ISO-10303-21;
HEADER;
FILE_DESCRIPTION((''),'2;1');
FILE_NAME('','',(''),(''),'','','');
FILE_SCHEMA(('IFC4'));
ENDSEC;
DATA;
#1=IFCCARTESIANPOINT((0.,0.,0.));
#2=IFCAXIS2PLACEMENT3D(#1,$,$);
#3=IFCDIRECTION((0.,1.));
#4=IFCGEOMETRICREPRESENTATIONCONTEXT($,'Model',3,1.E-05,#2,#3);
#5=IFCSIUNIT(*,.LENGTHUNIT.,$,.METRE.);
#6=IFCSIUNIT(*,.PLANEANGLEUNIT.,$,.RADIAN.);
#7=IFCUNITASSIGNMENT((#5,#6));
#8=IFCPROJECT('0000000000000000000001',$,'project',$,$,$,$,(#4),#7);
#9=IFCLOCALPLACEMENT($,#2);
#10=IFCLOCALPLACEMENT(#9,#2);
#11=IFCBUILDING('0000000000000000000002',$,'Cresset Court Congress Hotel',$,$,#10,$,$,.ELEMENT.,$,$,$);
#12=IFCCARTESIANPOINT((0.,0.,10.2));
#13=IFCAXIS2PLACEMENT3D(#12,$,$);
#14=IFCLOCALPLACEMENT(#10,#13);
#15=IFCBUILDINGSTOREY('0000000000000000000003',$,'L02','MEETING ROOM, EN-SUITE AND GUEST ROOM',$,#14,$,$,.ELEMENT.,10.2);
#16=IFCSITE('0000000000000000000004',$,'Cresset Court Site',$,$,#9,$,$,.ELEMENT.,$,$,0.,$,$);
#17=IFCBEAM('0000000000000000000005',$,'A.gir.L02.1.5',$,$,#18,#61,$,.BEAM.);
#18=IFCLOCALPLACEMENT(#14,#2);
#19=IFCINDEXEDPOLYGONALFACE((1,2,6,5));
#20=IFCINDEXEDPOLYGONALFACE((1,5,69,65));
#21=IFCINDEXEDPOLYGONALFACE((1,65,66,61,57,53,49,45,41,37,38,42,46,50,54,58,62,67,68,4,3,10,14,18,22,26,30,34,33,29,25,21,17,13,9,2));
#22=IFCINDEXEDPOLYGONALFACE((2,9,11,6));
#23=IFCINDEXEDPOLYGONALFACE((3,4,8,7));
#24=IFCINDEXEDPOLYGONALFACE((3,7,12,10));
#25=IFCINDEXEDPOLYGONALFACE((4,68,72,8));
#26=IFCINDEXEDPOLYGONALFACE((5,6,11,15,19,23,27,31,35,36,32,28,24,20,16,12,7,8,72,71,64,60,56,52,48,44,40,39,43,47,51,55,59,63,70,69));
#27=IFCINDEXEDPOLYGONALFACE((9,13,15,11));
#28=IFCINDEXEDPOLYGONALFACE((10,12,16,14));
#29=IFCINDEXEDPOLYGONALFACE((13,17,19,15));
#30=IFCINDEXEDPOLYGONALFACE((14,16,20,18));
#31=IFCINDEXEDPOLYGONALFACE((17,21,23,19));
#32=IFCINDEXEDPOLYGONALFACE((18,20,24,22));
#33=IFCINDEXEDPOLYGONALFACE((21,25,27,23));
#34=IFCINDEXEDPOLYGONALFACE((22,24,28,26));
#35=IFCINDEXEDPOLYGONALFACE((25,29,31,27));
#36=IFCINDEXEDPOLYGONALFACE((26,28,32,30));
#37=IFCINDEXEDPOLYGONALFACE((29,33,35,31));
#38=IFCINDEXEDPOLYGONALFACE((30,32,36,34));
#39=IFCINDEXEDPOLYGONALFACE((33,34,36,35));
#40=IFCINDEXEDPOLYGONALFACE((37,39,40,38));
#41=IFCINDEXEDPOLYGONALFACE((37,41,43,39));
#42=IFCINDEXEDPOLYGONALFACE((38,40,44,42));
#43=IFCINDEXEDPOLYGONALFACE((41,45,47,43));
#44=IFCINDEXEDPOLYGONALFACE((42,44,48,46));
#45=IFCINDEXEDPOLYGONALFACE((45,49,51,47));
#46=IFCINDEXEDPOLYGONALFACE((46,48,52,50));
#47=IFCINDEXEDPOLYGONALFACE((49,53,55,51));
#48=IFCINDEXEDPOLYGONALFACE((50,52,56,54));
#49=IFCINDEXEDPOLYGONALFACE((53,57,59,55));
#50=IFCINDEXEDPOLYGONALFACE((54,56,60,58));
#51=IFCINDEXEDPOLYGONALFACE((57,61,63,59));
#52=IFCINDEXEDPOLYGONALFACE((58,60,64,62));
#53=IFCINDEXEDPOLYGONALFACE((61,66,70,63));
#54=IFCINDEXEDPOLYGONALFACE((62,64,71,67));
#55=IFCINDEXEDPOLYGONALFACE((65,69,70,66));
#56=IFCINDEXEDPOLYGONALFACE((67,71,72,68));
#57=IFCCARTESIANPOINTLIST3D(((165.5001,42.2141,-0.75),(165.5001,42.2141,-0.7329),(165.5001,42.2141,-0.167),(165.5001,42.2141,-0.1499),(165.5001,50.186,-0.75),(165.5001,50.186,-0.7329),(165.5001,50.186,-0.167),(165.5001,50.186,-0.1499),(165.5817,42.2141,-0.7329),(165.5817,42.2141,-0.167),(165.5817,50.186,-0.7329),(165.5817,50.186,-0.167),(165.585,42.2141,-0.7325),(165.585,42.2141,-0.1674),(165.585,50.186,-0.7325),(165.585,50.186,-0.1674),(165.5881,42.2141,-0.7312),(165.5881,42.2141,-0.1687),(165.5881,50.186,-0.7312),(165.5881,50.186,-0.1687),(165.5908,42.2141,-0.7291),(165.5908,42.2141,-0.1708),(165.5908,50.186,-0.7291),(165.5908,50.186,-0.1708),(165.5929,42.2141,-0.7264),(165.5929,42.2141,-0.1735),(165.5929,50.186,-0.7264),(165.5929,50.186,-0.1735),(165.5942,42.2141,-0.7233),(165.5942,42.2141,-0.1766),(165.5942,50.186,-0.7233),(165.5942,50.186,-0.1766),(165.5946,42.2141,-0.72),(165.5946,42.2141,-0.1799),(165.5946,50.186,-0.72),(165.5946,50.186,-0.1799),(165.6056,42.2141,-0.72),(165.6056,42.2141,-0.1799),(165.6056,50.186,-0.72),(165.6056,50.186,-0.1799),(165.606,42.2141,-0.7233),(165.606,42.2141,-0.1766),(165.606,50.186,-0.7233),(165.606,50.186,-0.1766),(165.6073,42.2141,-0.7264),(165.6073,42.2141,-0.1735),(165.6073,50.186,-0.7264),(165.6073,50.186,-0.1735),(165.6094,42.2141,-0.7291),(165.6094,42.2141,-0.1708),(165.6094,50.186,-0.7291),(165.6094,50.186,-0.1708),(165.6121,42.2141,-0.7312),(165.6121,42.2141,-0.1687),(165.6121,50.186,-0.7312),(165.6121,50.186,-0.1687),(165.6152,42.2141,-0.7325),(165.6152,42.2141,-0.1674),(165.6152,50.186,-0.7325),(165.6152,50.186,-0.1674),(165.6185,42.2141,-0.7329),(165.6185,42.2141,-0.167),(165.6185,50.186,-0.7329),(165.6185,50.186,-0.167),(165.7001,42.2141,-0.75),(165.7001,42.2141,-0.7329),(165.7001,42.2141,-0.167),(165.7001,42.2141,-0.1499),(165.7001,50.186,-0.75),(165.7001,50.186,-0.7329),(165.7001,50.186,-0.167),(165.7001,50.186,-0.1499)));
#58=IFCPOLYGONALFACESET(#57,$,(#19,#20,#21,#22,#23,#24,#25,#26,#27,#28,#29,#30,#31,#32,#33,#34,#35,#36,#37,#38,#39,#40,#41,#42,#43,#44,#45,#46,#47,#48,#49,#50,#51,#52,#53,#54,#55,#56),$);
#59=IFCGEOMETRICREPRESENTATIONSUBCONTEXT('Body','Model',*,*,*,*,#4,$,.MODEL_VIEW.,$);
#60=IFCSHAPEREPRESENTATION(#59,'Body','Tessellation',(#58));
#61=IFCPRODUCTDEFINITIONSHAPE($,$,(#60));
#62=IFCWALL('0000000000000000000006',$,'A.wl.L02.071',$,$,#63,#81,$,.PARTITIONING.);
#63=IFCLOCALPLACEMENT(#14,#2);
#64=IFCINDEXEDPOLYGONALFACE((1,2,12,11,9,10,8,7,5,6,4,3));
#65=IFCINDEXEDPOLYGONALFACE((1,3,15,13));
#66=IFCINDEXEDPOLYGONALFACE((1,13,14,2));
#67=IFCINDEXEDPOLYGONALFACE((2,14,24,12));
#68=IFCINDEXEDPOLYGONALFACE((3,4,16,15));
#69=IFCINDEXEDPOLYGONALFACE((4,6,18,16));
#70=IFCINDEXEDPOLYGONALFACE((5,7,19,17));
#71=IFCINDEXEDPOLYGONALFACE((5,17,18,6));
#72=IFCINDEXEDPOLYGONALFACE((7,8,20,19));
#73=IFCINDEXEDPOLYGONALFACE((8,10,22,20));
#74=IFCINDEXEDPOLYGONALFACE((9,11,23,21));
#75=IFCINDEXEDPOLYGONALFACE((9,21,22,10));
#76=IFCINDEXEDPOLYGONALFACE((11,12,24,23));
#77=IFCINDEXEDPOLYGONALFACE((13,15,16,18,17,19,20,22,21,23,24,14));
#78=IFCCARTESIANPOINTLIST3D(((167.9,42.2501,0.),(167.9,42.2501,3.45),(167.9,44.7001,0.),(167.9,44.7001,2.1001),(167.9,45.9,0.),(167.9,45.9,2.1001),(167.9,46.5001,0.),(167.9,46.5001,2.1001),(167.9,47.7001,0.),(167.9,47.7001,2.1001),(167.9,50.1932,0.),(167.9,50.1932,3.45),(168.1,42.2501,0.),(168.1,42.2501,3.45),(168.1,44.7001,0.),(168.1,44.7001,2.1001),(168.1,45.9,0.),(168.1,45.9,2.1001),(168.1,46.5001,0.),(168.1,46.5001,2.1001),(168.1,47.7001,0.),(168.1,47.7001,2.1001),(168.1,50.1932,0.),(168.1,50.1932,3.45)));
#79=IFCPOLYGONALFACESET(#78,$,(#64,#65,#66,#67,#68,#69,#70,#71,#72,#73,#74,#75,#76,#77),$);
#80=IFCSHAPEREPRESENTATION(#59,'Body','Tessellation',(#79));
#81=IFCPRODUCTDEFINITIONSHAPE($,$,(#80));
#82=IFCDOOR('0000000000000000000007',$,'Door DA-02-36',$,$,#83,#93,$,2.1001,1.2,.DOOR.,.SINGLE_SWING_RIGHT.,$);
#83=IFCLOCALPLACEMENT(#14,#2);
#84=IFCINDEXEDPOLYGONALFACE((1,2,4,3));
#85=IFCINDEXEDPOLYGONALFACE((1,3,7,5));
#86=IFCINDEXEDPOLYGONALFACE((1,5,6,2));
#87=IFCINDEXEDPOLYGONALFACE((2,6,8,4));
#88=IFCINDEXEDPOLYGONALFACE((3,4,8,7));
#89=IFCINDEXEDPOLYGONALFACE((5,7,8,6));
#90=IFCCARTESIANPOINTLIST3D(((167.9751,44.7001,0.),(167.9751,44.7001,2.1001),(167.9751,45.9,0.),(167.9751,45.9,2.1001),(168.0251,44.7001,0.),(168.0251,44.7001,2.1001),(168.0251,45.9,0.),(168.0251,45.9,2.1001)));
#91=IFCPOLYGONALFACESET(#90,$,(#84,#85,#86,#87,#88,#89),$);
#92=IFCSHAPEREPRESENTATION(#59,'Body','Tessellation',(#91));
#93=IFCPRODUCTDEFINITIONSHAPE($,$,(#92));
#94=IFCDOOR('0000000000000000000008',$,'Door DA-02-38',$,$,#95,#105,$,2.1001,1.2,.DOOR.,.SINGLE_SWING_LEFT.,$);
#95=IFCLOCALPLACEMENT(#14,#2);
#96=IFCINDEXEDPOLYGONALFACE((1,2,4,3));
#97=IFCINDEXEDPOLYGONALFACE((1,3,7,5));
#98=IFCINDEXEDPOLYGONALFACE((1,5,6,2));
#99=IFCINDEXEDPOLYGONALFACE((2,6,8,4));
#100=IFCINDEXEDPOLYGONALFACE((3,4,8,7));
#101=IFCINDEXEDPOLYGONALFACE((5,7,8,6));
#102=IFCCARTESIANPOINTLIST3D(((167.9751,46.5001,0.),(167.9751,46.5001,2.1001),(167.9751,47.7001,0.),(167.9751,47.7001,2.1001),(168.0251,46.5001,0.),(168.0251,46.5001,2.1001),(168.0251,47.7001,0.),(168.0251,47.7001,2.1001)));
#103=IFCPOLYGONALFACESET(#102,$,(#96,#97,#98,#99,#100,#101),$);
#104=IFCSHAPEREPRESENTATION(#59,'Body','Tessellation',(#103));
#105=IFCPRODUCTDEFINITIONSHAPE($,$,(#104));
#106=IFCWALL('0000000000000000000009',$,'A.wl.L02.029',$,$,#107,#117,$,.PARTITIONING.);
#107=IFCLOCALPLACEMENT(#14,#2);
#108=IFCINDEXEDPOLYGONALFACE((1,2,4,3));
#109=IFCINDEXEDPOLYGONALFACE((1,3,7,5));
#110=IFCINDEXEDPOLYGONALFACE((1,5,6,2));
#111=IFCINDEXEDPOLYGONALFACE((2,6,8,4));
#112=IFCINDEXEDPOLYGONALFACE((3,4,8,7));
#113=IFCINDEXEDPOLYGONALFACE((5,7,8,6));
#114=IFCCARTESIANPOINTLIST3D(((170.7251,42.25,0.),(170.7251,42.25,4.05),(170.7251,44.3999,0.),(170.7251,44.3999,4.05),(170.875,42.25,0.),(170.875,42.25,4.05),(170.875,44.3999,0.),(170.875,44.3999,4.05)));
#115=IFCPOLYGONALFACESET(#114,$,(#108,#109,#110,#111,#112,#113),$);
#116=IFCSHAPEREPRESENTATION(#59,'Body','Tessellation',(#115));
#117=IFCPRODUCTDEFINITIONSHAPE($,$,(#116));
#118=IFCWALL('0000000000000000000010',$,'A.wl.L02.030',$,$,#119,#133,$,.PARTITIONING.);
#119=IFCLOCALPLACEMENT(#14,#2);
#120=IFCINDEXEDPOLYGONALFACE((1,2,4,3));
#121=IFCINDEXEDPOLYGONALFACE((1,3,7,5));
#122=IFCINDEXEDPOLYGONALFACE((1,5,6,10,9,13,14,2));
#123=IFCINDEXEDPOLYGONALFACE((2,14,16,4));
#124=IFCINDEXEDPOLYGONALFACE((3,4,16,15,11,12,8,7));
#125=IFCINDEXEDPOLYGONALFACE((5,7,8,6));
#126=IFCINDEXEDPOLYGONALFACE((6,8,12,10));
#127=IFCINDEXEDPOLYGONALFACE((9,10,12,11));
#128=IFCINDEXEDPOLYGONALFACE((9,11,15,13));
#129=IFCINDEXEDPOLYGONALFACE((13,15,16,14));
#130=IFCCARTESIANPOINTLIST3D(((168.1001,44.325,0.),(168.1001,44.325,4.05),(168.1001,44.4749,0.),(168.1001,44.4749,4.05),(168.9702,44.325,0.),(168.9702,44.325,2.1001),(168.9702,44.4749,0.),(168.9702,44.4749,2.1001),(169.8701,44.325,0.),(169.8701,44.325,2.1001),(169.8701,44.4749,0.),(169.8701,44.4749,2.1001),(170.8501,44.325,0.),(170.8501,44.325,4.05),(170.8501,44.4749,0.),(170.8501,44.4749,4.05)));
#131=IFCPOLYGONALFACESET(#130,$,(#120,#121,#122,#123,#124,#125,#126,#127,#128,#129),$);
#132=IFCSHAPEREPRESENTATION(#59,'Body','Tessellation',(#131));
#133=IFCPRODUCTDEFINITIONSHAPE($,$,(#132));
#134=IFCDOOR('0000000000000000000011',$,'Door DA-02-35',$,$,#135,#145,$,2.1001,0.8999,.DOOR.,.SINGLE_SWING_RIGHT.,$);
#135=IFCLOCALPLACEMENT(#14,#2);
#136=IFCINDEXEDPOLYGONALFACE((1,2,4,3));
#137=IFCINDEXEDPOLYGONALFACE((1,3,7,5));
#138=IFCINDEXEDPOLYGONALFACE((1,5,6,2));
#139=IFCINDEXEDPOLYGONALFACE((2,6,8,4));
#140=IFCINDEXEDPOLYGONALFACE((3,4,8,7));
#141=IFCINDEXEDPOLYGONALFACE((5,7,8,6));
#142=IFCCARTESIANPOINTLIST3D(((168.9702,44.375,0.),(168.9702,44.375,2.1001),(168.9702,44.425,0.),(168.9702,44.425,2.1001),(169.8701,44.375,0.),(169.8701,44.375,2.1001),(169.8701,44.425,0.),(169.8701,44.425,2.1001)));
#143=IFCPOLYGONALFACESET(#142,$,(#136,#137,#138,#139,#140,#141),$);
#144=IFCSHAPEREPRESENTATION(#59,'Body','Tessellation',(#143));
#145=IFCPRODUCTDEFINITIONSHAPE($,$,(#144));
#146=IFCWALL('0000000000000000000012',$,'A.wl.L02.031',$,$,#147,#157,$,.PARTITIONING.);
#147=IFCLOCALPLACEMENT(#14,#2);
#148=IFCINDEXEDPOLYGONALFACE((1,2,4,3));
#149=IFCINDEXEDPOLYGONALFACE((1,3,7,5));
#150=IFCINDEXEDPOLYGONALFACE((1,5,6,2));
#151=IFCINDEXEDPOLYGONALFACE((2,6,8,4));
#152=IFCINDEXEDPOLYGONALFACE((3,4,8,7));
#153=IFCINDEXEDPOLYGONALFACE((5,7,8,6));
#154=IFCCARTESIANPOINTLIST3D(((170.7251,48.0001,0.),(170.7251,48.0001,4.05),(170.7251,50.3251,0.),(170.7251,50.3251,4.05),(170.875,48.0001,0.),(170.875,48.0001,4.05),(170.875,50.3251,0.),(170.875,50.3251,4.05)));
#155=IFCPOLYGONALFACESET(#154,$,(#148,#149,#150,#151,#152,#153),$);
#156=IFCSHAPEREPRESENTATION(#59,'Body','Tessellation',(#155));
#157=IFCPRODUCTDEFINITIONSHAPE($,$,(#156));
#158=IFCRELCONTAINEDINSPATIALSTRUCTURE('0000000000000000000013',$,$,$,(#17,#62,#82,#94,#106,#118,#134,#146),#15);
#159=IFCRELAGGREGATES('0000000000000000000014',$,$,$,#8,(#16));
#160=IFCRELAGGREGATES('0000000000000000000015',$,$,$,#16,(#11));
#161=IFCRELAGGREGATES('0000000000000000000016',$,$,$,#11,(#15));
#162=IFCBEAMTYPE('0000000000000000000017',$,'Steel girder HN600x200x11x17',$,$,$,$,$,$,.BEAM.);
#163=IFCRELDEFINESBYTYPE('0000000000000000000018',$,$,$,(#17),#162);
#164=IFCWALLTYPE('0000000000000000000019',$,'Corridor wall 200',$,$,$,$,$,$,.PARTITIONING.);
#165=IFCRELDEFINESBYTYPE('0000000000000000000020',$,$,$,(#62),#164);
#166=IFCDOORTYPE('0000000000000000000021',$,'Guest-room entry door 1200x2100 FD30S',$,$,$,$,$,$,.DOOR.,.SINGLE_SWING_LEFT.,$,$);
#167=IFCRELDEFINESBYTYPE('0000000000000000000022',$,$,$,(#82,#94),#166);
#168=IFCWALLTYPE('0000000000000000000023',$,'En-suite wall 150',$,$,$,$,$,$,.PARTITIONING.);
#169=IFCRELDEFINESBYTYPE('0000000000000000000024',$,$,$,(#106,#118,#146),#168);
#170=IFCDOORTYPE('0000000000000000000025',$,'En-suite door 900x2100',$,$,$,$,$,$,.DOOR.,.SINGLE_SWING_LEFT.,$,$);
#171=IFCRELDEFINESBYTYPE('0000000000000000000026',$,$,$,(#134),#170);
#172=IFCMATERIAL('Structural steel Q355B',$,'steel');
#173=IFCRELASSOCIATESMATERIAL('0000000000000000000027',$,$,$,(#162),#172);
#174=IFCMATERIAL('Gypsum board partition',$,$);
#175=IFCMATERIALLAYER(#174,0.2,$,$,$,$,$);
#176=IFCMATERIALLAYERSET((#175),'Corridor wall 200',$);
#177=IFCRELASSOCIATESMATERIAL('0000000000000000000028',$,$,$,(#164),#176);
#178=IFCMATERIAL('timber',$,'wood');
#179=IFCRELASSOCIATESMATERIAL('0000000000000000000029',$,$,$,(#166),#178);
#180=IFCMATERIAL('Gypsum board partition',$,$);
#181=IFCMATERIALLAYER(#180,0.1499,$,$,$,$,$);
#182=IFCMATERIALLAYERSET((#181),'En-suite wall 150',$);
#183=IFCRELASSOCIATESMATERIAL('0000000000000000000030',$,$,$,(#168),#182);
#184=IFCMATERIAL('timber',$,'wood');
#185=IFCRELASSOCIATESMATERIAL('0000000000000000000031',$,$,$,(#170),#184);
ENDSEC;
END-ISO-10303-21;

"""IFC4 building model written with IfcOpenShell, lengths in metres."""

from ifc_helpers import new_model, si_unit, direction, frame, frame_2d, origin, origin_2d, place, context, subcontext, project, spatial, rectangle, i_section, extrude, material, layer, layer_set, material_profile, profile_set, type_object, element, fill, save


model = new_model("IFC4")

# Units and contexts
model_context = context("Model", 3, precision=1e-05, world=origin(), true_north=direction((0.0, 1.0)))
body_context = subcontext(model_context, "Body", "Model", "MODEL_VIEW")
ifc_project = project(units=[si_unit("LENGTHUNIT", "METRE"), si_unit("PLANEANGLEUNIT", "RADIAN")], contexts=[model_context])

# Site, building, storey
site_placement = place(None, origin())
site = spatial("IfcSite", under=ifc_project, at=site_placement, Name="Cresset Court Site", CompositionType="ELEMENT", RefElevation=0.0)
building_placement = place(site_placement, origin())
building = spatial("IfcBuilding", under=site, at=building_placement, Name="Cresset Court Congress Hotel", CompositionType="ELEMENT")
storey_placement = place(building_placement, frame((0.0, 0.0, 10.2)))
storey = spatial("IfcBuildingStorey", under=building, at=storey_placement, Name="L02", Description="MEETING ROOM, EN-SUITE AND GUEST ROOM", CompositionType="ELEMENT", Elevation=10.2)

# Beam
ifc_material_1 = material(Name="Structural steel Q355B", Category="steel")
ifc_material_profile_1 = material_profile(ifc_material_1, i_section(OverallWidth=0.2, OverallDepth=0.6001, WebThickness=0.011, FlangeThickness=0.0171, FilletRadius=0.0129, at=origin_2d()), Name="HN600x200x11x17")
ifc_profile_set_1 = profile_set([ifc_material_profile_1], Name="Structural steel Q355B")
beam_type_1 = type_object("IfcBeamType", Name="Steel girder HN600x200x11x17", PredefinedType="BEAM", material=ifc_profile_set_1)
beam_1_placement = place(storey_placement, frame((165.6001, 42.2141, -0.45), z_axis=(0.0, 1.0, 0.0), x_axis=(-1.0, 0.0, 0.0)))
element("IfcBeam", 1, at=beam_1_placement, inside=storey, type_object=beam_type_1, Name="A.gir.L02.1.5", PredefinedType="BEAM", context=body_context, shape_type="SweptSolid", body=[
    extrude(i_section(OverallWidth=0.2, OverallDepth=0.6001, WebThickness=0.011, FlangeThickness=0.0171, FilletRadius=0.0129, at=origin_2d()), origin(), (0.0, 0.0, 1.0), 7.9719),
])

# Wall, openings, doors
ifc_material_2 = material(Name="Gypsum board partition")
ifc_layer_1 = layer(ifc_material_2, 0.2)
ifc_layer_set_1 = layer_set([ifc_layer_1], Name="Corridor wall 200")
wall_type_1 = type_object("IfcWallType", Name="Corridor wall 200", PredefinedType="PARTITIONING", material=ifc_layer_set_1)
wall_1_placement = place(storey_placement, frame((168.0, 42.25, 0.0), z_axis=(0.0, 0.0, 1.0), x_axis=(0.0, 1.0, 0.0)))
wall_1 = element("IfcWall", 2, at=wall_1_placement, inside=storey, type_object=wall_type_1, Name="A.wl.L02.071", PredefinedType="PARTITIONING", context=body_context, shape_type="SweptSolid", body=[
    extrude(rectangle(XDim=7.9431, YDim=0.2, at=frame_2d((3.9717, 0.0))), origin(), (0.0, 0.0, 1.0), 3.45),
])
opening_1_placement = place(wall_1_placement, frame((2.45, 0.0, 0.0)))
opening_1 = element("IfcOpeningElement", 3, at=opening_1_placement, cuts=wall_1, PredefinedType="OPENING", context=body_context, shape_type="SweptSolid", body=[
    extrude(rectangle(XDim=1.2, YDim=2.1001, at=frame_2d((0.6001, 1.05))), frame((0.0, 0.1099, 0.0), z_axis=(0.0, -1.0, 0.0), x_axis=(1.0, 0.0, 0.0)), (0.0, 0.0, 1.0), 0.22),
])
opening_2_placement = place(wall_1_placement, frame((4.25, 0.0, 0.0)))
opening_2 = element("IfcOpeningElement", 4, at=opening_2_placement, cuts=wall_1, PredefinedType="OPENING", context=body_context, shape_type="SweptSolid", body=[
    extrude(rectangle(XDim=1.2, YDim=2.1001, at=frame_2d((0.6001, 1.05))), frame((0.0, 0.1099, 0.0), z_axis=(0.0, -1.0, 0.0), x_axis=(1.0, 0.0, 0.0)), (0.0, 0.0, 1.0), 0.22),
])
ifc_material_3 = material(Name="timber", Category="wood")
door_type_1 = type_object("IfcDoorType", Name="Guest-room entry door 1200x2100 FD30S", OperationType="SINGLE_SWING_LEFT", PredefinedType="DOOR", material=ifc_material_3)
door_1_placement = place(opening_1_placement, origin())
door_1 = element("IfcDoor", 5, at=door_1_placement, inside=storey, type_object=door_type_1, Name="Door DA-02-36", OperationType="SINGLE_SWING_RIGHT", OverallHeight=2.1001, OverallWidth=1.2, PredefinedType="DOOR", context=body_context, shape_type="SweptSolid", body=[
    extrude(rectangle(XDim=1.2, YDim=2.1001, at=frame_2d((0.6001, 1.05))), frame((0.0, 0.0249, 0.0), z_axis=(0.0, -1.0, 0.0), x_axis=(1.0, 0.0, 0.0)), (0.0, 0.0, 1.0), 0.05),
])
fill(opening_1, door_1)
door_2_placement = place(opening_2_placement, origin())
door_2 = element("IfcDoor", 6, at=door_2_placement, inside=storey, type_object=door_type_1, Name="Door DA-02-38", OperationType="SINGLE_SWING_LEFT", OverallHeight=2.1001, OverallWidth=1.2, PredefinedType="DOOR", context=body_context, shape_type="SweptSolid", body=[
    extrude(rectangle(XDim=1.2, YDim=2.1001, at=frame_2d((0.6001, 1.05))), frame((0.0, 0.0249, 0.0), z_axis=(0.0, -1.0, 0.0), x_axis=(1.0, 0.0, 0.0)), (0.0, 0.0, 1.0), 0.05),
])
fill(opening_2, door_2)

# Wall
ifc_material_4 = material(Name="Gypsum board partition")
ifc_layer_2 = layer(ifc_material_4, 0.1499)
ifc_layer_set_2 = layer_set([ifc_layer_2], Name="En-suite wall 150")
wall_type_2 = type_object("IfcWallType", Name="En-suite wall 150", PredefinedType="PARTITIONING", material=ifc_layer_set_2)
wall_2_placement = place(storey_placement, frame((170.8, 42.25, 0.0), z_axis=(0.0, 0.0, 1.0), x_axis=(0.0, 1.0, 0.0)))
element("IfcWall", 7, at=wall_2_placement, inside=storey, type_object=wall_type_2, Name="A.wl.L02.029", PredefinedType="PARTITIONING", context=body_context, shape_type="SweptSolid", body=[
    extrude(rectangle(XDim=2.1499, YDim=0.1499, at=frame_2d((1.075, 0.0))), origin(), (0.0, 0.0, 1.0), 4.05),
])

# Wall, opening, door
wall_3_placement = place(storey_placement, frame((170.8501, 44.3999, 0.0), z_axis=(0.0, 0.0, 1.0), x_axis=(-1.0, 0.0, 0.0)))
wall_3 = element("IfcWall", 8, at=wall_3_placement, inside=storey, type_object=wall_type_2, Name="A.wl.L02.030", PredefinedType="PARTITIONING", context=body_context, shape_type="SweptSolid", body=[
    extrude(rectangle(XDim=2.75, YDim=0.1499, at=frame_2d((1.375, 0.0))), origin(), (0.0, 0.0, 1.0), 4.05),
])
opening_3_placement = place(wall_3_placement, frame((0.98, 0.0, 0.0)))
opening_3 = element("IfcOpeningElement", 9, at=opening_3_placement, cuts=wall_3, PredefinedType="OPENING", context=body_context, shape_type="SweptSolid", body=[
    extrude(rectangle(XDim=0.8999, YDim=2.1001, at=frame_2d((0.45, 1.05))), frame((0.0, 0.085, 0.0), z_axis=(0.0, -1.0, 0.0), x_axis=(1.0, 0.0, 0.0)), (0.0, 0.0, 1.0), 0.1699),
])
ifc_material_5 = material(Name="timber", Category="wood")
door_type_2 = type_object("IfcDoorType", Name="En-suite door 900x2100", OperationType="SINGLE_SWING_LEFT", PredefinedType="DOOR", material=ifc_material_5)
door_3_placement = place(opening_3_placement, origin())
door_3 = element("IfcDoor", 10, at=door_3_placement, inside=storey, type_object=door_type_2, Name="Door DA-02-35", OperationType="SINGLE_SWING_RIGHT", OverallHeight=2.1001, OverallWidth=0.8999, PredefinedType="DOOR", context=body_context, shape_type="SweptSolid", body=[
    extrude(rectangle(XDim=0.8999, YDim=2.1001, at=frame_2d((0.45, 1.05))), frame((0.0, 0.0249, 0.0), z_axis=(0.0, -1.0, 0.0), x_axis=(1.0, 0.0, 0.0)), (0.0, 0.0, 1.0), 0.05),
])
fill(opening_3, door_3)

# Wall
wall_4_placement = place(storey_placement, frame((170.8, 48.0, 0.0), z_axis=(0.0, 0.0, 1.0), x_axis=(0.0, 1.0, 0.0)))
element("IfcWall", 11, at=wall_4_placement, inside=storey, type_object=wall_type_2, Name="A.wl.L02.031", PredefinedType="PARTITIONING", context=body_context, shape_type="SweptSolid", body=[
    extrude(rectangle(XDim=2.325, YDim=0.1499, at=frame_2d((1.1626, 0.0))), origin(), (0.0, 0.0, 1.0), 4.05),
])

save(model, "model.ifc")
